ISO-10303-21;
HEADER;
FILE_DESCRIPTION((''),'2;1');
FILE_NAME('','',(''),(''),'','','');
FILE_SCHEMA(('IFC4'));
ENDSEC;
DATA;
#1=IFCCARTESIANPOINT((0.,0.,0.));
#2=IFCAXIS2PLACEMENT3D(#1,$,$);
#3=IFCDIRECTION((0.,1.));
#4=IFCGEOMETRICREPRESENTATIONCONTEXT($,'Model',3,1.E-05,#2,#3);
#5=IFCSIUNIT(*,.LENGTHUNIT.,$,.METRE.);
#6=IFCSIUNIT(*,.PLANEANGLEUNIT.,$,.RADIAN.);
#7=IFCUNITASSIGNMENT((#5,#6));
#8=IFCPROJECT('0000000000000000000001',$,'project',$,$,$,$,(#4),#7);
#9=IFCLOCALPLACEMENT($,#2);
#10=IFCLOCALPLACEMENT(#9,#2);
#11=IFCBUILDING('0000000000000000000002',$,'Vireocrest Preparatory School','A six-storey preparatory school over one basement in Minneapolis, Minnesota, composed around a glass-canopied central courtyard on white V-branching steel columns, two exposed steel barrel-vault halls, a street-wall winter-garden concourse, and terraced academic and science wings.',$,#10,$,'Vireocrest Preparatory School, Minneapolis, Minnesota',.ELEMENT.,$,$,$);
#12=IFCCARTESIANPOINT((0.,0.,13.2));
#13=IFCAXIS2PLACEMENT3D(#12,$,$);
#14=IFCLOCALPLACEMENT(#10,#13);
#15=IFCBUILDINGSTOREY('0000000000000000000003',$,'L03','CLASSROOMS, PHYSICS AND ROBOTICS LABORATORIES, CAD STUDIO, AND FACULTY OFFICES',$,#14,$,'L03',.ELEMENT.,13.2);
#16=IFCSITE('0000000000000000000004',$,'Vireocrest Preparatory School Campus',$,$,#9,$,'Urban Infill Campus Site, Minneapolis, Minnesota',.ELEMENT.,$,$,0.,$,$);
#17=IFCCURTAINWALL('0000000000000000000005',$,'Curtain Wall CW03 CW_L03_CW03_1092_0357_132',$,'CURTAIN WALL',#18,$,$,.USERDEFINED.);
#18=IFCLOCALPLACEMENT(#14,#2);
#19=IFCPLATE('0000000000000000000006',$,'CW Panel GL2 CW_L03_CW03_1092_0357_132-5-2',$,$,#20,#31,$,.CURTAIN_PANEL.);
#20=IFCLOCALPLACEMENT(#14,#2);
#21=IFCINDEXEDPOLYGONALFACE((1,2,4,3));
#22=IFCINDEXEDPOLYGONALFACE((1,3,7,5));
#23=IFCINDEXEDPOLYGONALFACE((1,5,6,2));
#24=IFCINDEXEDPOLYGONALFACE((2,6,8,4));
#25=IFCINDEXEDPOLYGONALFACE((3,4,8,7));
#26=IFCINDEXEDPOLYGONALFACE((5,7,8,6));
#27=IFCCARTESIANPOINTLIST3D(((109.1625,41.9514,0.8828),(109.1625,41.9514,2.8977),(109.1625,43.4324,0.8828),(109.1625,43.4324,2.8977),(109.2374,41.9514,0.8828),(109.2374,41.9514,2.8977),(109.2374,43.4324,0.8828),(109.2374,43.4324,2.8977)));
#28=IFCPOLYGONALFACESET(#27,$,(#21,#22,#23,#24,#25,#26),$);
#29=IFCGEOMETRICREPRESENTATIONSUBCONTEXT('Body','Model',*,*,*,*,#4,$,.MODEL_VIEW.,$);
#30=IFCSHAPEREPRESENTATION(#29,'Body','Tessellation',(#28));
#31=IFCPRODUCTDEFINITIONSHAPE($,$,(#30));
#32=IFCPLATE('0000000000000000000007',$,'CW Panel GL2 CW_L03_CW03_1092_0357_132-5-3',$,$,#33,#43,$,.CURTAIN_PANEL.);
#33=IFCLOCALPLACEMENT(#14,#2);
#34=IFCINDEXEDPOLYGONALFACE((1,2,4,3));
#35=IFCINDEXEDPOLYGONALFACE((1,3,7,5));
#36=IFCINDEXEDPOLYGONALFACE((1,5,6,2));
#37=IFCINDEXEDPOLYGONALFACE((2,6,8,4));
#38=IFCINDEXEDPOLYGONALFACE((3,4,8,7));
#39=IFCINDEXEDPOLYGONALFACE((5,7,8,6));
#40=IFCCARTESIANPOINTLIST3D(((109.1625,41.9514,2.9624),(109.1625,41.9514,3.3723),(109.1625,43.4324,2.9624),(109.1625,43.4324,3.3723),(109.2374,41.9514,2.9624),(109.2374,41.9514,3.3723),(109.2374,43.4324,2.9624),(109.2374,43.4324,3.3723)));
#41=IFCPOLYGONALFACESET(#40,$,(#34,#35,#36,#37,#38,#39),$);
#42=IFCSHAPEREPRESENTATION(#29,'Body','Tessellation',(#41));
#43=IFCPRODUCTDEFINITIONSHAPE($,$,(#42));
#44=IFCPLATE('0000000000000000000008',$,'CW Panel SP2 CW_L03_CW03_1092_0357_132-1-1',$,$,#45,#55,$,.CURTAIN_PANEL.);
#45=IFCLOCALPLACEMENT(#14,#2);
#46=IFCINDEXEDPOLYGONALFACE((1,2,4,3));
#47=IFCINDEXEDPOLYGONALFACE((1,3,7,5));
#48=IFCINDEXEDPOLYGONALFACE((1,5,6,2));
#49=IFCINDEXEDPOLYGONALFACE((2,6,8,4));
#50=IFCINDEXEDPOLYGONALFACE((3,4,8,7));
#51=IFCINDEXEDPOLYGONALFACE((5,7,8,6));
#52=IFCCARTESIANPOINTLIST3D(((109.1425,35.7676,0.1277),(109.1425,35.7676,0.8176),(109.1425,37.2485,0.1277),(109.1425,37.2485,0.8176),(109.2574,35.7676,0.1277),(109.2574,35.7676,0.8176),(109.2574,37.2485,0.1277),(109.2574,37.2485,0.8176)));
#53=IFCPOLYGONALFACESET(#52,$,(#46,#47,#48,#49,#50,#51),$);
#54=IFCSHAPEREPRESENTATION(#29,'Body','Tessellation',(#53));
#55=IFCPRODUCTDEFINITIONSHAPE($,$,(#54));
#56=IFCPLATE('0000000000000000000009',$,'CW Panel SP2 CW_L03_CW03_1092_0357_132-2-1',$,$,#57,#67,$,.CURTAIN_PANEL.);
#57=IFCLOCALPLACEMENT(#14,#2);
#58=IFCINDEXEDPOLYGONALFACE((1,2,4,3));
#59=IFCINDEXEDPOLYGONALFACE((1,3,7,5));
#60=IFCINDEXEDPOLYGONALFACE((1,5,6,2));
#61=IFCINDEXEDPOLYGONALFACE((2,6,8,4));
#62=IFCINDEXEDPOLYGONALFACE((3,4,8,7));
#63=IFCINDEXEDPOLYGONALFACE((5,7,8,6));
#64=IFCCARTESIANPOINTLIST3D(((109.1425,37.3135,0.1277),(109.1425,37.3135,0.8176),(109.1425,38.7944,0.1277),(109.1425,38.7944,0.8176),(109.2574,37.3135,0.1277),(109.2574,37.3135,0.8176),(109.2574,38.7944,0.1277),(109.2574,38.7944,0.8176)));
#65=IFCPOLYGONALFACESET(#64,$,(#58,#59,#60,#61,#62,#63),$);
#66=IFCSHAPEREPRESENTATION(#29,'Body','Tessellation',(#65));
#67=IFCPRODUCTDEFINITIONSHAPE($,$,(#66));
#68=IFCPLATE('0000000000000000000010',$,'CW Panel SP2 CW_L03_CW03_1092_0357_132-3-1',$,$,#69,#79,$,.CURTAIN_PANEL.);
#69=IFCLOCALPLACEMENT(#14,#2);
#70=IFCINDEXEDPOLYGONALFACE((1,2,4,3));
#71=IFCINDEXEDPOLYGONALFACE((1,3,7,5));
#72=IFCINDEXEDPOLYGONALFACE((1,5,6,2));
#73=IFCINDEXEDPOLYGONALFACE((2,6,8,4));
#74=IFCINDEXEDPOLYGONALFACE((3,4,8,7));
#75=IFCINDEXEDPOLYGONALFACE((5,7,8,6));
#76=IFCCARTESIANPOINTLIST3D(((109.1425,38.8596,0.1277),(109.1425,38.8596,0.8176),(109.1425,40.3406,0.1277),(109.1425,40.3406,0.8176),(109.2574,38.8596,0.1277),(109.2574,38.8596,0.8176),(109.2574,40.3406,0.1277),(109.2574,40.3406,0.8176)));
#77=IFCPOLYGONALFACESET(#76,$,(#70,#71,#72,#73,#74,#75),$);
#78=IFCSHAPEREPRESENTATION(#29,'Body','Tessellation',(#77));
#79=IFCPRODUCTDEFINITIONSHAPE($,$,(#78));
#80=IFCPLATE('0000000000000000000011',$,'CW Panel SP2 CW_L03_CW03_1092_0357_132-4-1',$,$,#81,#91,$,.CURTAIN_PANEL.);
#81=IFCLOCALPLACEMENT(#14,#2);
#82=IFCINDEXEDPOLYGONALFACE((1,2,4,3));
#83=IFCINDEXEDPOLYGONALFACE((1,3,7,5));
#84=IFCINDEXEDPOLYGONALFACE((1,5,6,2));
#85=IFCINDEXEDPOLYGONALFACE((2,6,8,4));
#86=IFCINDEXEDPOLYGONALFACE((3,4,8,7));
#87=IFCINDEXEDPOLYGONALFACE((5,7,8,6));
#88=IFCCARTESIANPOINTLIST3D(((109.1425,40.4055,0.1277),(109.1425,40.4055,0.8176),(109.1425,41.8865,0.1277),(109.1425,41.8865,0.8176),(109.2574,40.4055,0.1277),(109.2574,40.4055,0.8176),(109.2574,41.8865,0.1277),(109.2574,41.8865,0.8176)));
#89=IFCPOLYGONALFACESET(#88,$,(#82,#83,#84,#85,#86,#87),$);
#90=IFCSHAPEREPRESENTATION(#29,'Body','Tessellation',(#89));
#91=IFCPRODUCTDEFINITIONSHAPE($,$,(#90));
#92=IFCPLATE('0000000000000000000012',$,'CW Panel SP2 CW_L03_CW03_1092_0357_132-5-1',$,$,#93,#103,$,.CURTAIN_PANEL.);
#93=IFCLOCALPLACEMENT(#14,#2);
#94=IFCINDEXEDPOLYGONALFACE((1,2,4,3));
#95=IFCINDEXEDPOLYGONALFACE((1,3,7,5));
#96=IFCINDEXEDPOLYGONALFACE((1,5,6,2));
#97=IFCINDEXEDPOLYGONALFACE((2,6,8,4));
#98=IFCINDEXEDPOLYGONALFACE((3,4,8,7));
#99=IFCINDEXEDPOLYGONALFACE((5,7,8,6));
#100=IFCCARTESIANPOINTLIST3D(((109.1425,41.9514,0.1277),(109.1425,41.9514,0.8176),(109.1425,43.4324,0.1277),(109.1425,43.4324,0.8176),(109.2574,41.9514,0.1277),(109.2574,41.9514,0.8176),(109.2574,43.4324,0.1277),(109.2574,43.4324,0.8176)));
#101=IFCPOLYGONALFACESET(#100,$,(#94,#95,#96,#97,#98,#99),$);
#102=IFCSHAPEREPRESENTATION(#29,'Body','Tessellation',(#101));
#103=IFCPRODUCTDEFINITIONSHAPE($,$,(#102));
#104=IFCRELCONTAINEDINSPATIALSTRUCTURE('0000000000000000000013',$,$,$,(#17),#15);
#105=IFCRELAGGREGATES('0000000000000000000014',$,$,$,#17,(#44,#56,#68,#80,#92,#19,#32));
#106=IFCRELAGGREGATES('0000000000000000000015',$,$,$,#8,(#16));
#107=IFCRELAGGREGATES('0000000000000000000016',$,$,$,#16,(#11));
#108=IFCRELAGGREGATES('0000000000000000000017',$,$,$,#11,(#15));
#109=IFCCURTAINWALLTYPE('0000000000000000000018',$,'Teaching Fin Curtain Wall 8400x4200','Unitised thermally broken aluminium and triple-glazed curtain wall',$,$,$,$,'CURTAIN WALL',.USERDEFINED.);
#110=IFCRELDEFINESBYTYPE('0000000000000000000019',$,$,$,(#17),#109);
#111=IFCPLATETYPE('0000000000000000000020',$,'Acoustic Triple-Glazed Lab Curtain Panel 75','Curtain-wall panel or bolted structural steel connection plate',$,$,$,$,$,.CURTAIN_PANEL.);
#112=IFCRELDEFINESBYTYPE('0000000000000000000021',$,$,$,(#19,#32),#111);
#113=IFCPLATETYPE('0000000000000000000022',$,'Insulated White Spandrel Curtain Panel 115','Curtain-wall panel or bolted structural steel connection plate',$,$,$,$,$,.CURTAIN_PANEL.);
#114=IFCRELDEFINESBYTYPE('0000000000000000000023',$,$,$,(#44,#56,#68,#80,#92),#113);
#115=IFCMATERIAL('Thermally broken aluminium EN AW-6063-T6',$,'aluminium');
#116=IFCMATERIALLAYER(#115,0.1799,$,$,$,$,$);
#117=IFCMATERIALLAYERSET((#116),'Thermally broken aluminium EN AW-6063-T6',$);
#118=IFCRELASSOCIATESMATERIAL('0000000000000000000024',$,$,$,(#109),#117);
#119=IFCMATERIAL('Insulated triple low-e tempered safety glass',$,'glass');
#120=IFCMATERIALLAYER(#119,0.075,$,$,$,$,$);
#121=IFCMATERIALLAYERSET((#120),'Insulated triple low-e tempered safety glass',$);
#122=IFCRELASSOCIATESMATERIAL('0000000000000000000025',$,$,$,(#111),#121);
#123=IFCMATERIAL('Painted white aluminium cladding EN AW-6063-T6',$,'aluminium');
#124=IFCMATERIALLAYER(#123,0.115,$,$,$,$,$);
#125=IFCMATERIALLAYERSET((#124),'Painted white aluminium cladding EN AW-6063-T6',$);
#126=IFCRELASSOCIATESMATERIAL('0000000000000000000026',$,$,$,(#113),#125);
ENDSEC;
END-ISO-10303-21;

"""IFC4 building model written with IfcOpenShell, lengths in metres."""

from ifc_helpers import new_model, si_unit, direction, frame, origin, origin_2d, place, context, subcontext, project, spatial, rectangle, extrude, material, layer, layer_set, type_object, element, aggregate, save


model = new_model("IFC4")

# Units and contexts
model_context = context("Model", 3, precision=1e-05, world=origin(), true_north=direction((0.0, 1.0)))
body_context = subcontext(model_context, "Body", "Model", "MODEL_VIEW")
ifc_project = project(units=[si_unit("LENGTHUNIT", "METRE"), si_unit("PLANEANGLEUNIT", "RADIAN")], contexts=[model_context])

# Site, building, storey
site_placement = place(None, origin())
site = spatial("IfcSite", under=ifc_project, at=site_placement, Name="Vireocrest Preparatory School Campus", LongName="Urban Infill Campus Site, Minneapolis, Minnesota", CompositionType="ELEMENT", RefElevation=0.0)
building_placement = place(site_placement, origin())
building = spatial("IfcBuilding", under=site, at=building_placement, Name="Vireocrest Preparatory School", Description="A six-storey preparatory school over one basement in Minneapolis, Minnesota, composed around a glass-canopied central courtyard on white V-branching steel columns, two exposed steel barrel-vault halls, a street-wall winter-garden concourse, and terraced academic and science wings.", LongName="Vireocrest Preparatory School, Minneapolis, Minnesota", CompositionType="ELEMENT")
storey_placement = place(building_placement, frame((0.0, 0.0, 13.2)))
storey = spatial("IfcBuildingStorey", under=building, at=storey_placement, Name="L03", Description="CLASSROOMS, PHYSICS AND ROBOTICS LABORATORIES, CAD STUDIO, AND FACULTY OFFICES", LongName="L03", CompositionType="ELEMENT", Elevation=13.2)

# Shared definitions
ifc_material_1 = material(Name="Thermally broken aluminium EN AW-6063-T6", Category="aluminium")

# Curtain wall
ifc_layer_1 = layer(ifc_material_1, 0.1799)
ifc_layer_set_1 = layer_set([ifc_layer_1], Name="Thermally broken aluminium EN AW-6063-T6")
curtain_wall_type_1 = type_object("IfcCurtainWallType", Name="Teaching Fin Curtain Wall 8400x4200", Description="Unitised thermally broken aluminium and triple-glazed curtain wall", ElementType="CURTAIN WALL", PredefinedType="USERDEFINED", material=ifc_layer_set_1)
curtain_wall_1_placement = place(storey_placement, origin())
curtain_wall_1 = element("IfcCurtainWall", 1, at=curtain_wall_1_placement, inside=storey, type_object=curtain_wall_type_1, Name="Curtain Wall CW03 CW_L03_CW03_1092_0357_132", ObjectType="CURTAIN WALL", PredefinedType="USERDEFINED")

# Plates
ifc_material_2 = material(Name="Insulated triple low-e tempered safety glass", Category="glass")
ifc_layer_2 = layer(ifc_material_2, 0.075)
ifc_layer_set_2 = layer_set([ifc_layer_2], Name="Insulated triple low-e tempered safety glass")
plate_type_1 = type_object("IfcPlateType", Name="Acoustic Triple-Glazed Lab Curtain Panel 75", Description="Curtain-wall panel or bolted structural steel connection plate", PredefinedType="CURTAIN_PANEL", material=ifc_layer_set_2)
plate_1_placement = place(storey_placement, frame((109.2, 42.6919, 0.8828), z_axis=(0.0, 0.0, 1.0), x_axis=(0.0, 1.0, 0.0)))
plate_1 = element("IfcPlate", 2, at=plate_1_placement, type_object=plate_type_1, Name="CW Panel GL2 CW_L03_CW03_1092_0357_132-5-2", PredefinedType="CURTAIN_PANEL", context=body_context, shape_type="SweptSolid", body=[
    extrude(rectangle(XDim=1.481, YDim=0.075, at=origin_2d()), origin(), (0.0, 0.0, 1.0), 2.0149),
])
plate_2_placement = place(storey_placement, frame((109.2, 42.6919, 2.9624), z_axis=(0.0, 0.0, 1.0), x_axis=(0.0, 1.0, 0.0)))
plate_2 = element("IfcPlate", 3, at=plate_2_placement, type_object=plate_type_1, Name="CW Panel GL2 CW_L03_CW03_1092_0357_132-5-3", PredefinedType="CURTAIN_PANEL", context=body_context, shape_type="SweptSolid", body=[
    extrude(rectangle(XDim=1.481, YDim=0.075, at=origin_2d()), origin(), (0.0, 0.0, 1.0), 0.4099),
])
ifc_material_3 = material(Name="Painted white aluminium cladding EN AW-6063-T6", Category="aluminium")
ifc_layer_3 = layer(ifc_material_3, 0.115)
ifc_layer_set_3 = layer_set([ifc_layer_3], Name="Painted white aluminium cladding EN AW-6063-T6")
plate_type_2 = type_object("IfcPlateType", Name="Insulated White Spandrel Curtain Panel 115", Description="Curtain-wall panel or bolted structural steel connection plate", PredefinedType="CURTAIN_PANEL", material=ifc_layer_set_3)
plate_3_placement = place(storey_placement, frame((109.2, 36.5081, 0.1277), z_axis=(0.0, 0.0, 1.0), x_axis=(0.0, 1.0, 0.0)))
plate_3 = element("IfcPlate", 4, at=plate_3_placement, type_object=plate_type_2, Name="CW Panel SP2 CW_L03_CW03_1092_0357_132-1-1", PredefinedType="CURTAIN_PANEL", context=body_context, shape_type="SweptSolid", body=[
    extrude(rectangle(XDim=1.481, YDim=0.115, at=origin_2d()), origin(), (0.0, 0.0, 1.0), 0.6899),
])
plate_4_placement = place(storey_placement, frame((109.2, 38.054, 0.1277), z_axis=(0.0, 0.0, 1.0), x_axis=(0.0, 1.0, 0.0)))
plate_4 = element("IfcPlate", 5, at=plate_4_placement, type_object=plate_type_2, Name="CW Panel SP2 CW_L03_CW03_1092_0357_132-2-1", PredefinedType="CURTAIN_PANEL", context=body_context, shape_type="SweptSolid", body=[
    extrude(rectangle(XDim=1.481, YDim=0.115, at=origin_2d()), origin(), (0.0, 0.0, 1.0), 0.6899),
])
plate_5_placement = place(storey_placement, frame((109.2, 39.6001, 0.1277), z_axis=(0.0, 0.0, 1.0), x_axis=(0.0, 1.0, 0.0)))
plate_5 = element("IfcPlate", 6, at=plate_5_placement, type_object=plate_type_2, Name="CW Panel SP2 CW_L03_CW03_1092_0357_132-3-1", PredefinedType="CURTAIN_PANEL", context=body_context, shape_type="SweptSolid", body=[
    extrude(rectangle(XDim=1.481, YDim=0.115, at=origin_2d()), origin(), (0.0, 0.0, 1.0), 0.6899),
])
plate_6_placement = place(storey_placement, frame((109.2, 41.146, 0.1277), z_axis=(0.0, 0.0, 1.0), x_axis=(0.0, 1.0, 0.0)))
plate_6 = element("IfcPlate", 7, at=plate_6_placement, type_object=plate_type_2, Name="CW Panel SP2 CW_L03_CW03_1092_0357_132-4-1", PredefinedType="CURTAIN_PANEL", context=body_context, shape_type="SweptSolid", body=[
    extrude(rectangle(XDim=1.481, YDim=0.115, at=origin_2d()), origin(), (0.0, 0.0, 1.0), 0.6899),
])
plate_7_placement = place(storey_placement, frame((109.2, 42.6919, 0.1277), z_axis=(0.0, 0.0, 1.0), x_axis=(0.0, 1.0, 0.0)))
plate_7 = element("IfcPlate", 8, at=plate_7_placement, type_object=plate_type_2, Name="CW Panel SP2 CW_L03_CW03_1092_0357_132-5-1", PredefinedType="CURTAIN_PANEL", context=body_context, shape_type="SweptSolid", body=[
    extrude(rectangle(XDim=1.481, YDim=0.115, at=origin_2d()), origin(), (0.0, 0.0, 1.0), 0.6899),
])
aggregate(curtain_wall_1, [plate_3, plate_4, plate_5, plate_6, plate_7, plate_1, plate_2])

save(model, "model.ifc")
